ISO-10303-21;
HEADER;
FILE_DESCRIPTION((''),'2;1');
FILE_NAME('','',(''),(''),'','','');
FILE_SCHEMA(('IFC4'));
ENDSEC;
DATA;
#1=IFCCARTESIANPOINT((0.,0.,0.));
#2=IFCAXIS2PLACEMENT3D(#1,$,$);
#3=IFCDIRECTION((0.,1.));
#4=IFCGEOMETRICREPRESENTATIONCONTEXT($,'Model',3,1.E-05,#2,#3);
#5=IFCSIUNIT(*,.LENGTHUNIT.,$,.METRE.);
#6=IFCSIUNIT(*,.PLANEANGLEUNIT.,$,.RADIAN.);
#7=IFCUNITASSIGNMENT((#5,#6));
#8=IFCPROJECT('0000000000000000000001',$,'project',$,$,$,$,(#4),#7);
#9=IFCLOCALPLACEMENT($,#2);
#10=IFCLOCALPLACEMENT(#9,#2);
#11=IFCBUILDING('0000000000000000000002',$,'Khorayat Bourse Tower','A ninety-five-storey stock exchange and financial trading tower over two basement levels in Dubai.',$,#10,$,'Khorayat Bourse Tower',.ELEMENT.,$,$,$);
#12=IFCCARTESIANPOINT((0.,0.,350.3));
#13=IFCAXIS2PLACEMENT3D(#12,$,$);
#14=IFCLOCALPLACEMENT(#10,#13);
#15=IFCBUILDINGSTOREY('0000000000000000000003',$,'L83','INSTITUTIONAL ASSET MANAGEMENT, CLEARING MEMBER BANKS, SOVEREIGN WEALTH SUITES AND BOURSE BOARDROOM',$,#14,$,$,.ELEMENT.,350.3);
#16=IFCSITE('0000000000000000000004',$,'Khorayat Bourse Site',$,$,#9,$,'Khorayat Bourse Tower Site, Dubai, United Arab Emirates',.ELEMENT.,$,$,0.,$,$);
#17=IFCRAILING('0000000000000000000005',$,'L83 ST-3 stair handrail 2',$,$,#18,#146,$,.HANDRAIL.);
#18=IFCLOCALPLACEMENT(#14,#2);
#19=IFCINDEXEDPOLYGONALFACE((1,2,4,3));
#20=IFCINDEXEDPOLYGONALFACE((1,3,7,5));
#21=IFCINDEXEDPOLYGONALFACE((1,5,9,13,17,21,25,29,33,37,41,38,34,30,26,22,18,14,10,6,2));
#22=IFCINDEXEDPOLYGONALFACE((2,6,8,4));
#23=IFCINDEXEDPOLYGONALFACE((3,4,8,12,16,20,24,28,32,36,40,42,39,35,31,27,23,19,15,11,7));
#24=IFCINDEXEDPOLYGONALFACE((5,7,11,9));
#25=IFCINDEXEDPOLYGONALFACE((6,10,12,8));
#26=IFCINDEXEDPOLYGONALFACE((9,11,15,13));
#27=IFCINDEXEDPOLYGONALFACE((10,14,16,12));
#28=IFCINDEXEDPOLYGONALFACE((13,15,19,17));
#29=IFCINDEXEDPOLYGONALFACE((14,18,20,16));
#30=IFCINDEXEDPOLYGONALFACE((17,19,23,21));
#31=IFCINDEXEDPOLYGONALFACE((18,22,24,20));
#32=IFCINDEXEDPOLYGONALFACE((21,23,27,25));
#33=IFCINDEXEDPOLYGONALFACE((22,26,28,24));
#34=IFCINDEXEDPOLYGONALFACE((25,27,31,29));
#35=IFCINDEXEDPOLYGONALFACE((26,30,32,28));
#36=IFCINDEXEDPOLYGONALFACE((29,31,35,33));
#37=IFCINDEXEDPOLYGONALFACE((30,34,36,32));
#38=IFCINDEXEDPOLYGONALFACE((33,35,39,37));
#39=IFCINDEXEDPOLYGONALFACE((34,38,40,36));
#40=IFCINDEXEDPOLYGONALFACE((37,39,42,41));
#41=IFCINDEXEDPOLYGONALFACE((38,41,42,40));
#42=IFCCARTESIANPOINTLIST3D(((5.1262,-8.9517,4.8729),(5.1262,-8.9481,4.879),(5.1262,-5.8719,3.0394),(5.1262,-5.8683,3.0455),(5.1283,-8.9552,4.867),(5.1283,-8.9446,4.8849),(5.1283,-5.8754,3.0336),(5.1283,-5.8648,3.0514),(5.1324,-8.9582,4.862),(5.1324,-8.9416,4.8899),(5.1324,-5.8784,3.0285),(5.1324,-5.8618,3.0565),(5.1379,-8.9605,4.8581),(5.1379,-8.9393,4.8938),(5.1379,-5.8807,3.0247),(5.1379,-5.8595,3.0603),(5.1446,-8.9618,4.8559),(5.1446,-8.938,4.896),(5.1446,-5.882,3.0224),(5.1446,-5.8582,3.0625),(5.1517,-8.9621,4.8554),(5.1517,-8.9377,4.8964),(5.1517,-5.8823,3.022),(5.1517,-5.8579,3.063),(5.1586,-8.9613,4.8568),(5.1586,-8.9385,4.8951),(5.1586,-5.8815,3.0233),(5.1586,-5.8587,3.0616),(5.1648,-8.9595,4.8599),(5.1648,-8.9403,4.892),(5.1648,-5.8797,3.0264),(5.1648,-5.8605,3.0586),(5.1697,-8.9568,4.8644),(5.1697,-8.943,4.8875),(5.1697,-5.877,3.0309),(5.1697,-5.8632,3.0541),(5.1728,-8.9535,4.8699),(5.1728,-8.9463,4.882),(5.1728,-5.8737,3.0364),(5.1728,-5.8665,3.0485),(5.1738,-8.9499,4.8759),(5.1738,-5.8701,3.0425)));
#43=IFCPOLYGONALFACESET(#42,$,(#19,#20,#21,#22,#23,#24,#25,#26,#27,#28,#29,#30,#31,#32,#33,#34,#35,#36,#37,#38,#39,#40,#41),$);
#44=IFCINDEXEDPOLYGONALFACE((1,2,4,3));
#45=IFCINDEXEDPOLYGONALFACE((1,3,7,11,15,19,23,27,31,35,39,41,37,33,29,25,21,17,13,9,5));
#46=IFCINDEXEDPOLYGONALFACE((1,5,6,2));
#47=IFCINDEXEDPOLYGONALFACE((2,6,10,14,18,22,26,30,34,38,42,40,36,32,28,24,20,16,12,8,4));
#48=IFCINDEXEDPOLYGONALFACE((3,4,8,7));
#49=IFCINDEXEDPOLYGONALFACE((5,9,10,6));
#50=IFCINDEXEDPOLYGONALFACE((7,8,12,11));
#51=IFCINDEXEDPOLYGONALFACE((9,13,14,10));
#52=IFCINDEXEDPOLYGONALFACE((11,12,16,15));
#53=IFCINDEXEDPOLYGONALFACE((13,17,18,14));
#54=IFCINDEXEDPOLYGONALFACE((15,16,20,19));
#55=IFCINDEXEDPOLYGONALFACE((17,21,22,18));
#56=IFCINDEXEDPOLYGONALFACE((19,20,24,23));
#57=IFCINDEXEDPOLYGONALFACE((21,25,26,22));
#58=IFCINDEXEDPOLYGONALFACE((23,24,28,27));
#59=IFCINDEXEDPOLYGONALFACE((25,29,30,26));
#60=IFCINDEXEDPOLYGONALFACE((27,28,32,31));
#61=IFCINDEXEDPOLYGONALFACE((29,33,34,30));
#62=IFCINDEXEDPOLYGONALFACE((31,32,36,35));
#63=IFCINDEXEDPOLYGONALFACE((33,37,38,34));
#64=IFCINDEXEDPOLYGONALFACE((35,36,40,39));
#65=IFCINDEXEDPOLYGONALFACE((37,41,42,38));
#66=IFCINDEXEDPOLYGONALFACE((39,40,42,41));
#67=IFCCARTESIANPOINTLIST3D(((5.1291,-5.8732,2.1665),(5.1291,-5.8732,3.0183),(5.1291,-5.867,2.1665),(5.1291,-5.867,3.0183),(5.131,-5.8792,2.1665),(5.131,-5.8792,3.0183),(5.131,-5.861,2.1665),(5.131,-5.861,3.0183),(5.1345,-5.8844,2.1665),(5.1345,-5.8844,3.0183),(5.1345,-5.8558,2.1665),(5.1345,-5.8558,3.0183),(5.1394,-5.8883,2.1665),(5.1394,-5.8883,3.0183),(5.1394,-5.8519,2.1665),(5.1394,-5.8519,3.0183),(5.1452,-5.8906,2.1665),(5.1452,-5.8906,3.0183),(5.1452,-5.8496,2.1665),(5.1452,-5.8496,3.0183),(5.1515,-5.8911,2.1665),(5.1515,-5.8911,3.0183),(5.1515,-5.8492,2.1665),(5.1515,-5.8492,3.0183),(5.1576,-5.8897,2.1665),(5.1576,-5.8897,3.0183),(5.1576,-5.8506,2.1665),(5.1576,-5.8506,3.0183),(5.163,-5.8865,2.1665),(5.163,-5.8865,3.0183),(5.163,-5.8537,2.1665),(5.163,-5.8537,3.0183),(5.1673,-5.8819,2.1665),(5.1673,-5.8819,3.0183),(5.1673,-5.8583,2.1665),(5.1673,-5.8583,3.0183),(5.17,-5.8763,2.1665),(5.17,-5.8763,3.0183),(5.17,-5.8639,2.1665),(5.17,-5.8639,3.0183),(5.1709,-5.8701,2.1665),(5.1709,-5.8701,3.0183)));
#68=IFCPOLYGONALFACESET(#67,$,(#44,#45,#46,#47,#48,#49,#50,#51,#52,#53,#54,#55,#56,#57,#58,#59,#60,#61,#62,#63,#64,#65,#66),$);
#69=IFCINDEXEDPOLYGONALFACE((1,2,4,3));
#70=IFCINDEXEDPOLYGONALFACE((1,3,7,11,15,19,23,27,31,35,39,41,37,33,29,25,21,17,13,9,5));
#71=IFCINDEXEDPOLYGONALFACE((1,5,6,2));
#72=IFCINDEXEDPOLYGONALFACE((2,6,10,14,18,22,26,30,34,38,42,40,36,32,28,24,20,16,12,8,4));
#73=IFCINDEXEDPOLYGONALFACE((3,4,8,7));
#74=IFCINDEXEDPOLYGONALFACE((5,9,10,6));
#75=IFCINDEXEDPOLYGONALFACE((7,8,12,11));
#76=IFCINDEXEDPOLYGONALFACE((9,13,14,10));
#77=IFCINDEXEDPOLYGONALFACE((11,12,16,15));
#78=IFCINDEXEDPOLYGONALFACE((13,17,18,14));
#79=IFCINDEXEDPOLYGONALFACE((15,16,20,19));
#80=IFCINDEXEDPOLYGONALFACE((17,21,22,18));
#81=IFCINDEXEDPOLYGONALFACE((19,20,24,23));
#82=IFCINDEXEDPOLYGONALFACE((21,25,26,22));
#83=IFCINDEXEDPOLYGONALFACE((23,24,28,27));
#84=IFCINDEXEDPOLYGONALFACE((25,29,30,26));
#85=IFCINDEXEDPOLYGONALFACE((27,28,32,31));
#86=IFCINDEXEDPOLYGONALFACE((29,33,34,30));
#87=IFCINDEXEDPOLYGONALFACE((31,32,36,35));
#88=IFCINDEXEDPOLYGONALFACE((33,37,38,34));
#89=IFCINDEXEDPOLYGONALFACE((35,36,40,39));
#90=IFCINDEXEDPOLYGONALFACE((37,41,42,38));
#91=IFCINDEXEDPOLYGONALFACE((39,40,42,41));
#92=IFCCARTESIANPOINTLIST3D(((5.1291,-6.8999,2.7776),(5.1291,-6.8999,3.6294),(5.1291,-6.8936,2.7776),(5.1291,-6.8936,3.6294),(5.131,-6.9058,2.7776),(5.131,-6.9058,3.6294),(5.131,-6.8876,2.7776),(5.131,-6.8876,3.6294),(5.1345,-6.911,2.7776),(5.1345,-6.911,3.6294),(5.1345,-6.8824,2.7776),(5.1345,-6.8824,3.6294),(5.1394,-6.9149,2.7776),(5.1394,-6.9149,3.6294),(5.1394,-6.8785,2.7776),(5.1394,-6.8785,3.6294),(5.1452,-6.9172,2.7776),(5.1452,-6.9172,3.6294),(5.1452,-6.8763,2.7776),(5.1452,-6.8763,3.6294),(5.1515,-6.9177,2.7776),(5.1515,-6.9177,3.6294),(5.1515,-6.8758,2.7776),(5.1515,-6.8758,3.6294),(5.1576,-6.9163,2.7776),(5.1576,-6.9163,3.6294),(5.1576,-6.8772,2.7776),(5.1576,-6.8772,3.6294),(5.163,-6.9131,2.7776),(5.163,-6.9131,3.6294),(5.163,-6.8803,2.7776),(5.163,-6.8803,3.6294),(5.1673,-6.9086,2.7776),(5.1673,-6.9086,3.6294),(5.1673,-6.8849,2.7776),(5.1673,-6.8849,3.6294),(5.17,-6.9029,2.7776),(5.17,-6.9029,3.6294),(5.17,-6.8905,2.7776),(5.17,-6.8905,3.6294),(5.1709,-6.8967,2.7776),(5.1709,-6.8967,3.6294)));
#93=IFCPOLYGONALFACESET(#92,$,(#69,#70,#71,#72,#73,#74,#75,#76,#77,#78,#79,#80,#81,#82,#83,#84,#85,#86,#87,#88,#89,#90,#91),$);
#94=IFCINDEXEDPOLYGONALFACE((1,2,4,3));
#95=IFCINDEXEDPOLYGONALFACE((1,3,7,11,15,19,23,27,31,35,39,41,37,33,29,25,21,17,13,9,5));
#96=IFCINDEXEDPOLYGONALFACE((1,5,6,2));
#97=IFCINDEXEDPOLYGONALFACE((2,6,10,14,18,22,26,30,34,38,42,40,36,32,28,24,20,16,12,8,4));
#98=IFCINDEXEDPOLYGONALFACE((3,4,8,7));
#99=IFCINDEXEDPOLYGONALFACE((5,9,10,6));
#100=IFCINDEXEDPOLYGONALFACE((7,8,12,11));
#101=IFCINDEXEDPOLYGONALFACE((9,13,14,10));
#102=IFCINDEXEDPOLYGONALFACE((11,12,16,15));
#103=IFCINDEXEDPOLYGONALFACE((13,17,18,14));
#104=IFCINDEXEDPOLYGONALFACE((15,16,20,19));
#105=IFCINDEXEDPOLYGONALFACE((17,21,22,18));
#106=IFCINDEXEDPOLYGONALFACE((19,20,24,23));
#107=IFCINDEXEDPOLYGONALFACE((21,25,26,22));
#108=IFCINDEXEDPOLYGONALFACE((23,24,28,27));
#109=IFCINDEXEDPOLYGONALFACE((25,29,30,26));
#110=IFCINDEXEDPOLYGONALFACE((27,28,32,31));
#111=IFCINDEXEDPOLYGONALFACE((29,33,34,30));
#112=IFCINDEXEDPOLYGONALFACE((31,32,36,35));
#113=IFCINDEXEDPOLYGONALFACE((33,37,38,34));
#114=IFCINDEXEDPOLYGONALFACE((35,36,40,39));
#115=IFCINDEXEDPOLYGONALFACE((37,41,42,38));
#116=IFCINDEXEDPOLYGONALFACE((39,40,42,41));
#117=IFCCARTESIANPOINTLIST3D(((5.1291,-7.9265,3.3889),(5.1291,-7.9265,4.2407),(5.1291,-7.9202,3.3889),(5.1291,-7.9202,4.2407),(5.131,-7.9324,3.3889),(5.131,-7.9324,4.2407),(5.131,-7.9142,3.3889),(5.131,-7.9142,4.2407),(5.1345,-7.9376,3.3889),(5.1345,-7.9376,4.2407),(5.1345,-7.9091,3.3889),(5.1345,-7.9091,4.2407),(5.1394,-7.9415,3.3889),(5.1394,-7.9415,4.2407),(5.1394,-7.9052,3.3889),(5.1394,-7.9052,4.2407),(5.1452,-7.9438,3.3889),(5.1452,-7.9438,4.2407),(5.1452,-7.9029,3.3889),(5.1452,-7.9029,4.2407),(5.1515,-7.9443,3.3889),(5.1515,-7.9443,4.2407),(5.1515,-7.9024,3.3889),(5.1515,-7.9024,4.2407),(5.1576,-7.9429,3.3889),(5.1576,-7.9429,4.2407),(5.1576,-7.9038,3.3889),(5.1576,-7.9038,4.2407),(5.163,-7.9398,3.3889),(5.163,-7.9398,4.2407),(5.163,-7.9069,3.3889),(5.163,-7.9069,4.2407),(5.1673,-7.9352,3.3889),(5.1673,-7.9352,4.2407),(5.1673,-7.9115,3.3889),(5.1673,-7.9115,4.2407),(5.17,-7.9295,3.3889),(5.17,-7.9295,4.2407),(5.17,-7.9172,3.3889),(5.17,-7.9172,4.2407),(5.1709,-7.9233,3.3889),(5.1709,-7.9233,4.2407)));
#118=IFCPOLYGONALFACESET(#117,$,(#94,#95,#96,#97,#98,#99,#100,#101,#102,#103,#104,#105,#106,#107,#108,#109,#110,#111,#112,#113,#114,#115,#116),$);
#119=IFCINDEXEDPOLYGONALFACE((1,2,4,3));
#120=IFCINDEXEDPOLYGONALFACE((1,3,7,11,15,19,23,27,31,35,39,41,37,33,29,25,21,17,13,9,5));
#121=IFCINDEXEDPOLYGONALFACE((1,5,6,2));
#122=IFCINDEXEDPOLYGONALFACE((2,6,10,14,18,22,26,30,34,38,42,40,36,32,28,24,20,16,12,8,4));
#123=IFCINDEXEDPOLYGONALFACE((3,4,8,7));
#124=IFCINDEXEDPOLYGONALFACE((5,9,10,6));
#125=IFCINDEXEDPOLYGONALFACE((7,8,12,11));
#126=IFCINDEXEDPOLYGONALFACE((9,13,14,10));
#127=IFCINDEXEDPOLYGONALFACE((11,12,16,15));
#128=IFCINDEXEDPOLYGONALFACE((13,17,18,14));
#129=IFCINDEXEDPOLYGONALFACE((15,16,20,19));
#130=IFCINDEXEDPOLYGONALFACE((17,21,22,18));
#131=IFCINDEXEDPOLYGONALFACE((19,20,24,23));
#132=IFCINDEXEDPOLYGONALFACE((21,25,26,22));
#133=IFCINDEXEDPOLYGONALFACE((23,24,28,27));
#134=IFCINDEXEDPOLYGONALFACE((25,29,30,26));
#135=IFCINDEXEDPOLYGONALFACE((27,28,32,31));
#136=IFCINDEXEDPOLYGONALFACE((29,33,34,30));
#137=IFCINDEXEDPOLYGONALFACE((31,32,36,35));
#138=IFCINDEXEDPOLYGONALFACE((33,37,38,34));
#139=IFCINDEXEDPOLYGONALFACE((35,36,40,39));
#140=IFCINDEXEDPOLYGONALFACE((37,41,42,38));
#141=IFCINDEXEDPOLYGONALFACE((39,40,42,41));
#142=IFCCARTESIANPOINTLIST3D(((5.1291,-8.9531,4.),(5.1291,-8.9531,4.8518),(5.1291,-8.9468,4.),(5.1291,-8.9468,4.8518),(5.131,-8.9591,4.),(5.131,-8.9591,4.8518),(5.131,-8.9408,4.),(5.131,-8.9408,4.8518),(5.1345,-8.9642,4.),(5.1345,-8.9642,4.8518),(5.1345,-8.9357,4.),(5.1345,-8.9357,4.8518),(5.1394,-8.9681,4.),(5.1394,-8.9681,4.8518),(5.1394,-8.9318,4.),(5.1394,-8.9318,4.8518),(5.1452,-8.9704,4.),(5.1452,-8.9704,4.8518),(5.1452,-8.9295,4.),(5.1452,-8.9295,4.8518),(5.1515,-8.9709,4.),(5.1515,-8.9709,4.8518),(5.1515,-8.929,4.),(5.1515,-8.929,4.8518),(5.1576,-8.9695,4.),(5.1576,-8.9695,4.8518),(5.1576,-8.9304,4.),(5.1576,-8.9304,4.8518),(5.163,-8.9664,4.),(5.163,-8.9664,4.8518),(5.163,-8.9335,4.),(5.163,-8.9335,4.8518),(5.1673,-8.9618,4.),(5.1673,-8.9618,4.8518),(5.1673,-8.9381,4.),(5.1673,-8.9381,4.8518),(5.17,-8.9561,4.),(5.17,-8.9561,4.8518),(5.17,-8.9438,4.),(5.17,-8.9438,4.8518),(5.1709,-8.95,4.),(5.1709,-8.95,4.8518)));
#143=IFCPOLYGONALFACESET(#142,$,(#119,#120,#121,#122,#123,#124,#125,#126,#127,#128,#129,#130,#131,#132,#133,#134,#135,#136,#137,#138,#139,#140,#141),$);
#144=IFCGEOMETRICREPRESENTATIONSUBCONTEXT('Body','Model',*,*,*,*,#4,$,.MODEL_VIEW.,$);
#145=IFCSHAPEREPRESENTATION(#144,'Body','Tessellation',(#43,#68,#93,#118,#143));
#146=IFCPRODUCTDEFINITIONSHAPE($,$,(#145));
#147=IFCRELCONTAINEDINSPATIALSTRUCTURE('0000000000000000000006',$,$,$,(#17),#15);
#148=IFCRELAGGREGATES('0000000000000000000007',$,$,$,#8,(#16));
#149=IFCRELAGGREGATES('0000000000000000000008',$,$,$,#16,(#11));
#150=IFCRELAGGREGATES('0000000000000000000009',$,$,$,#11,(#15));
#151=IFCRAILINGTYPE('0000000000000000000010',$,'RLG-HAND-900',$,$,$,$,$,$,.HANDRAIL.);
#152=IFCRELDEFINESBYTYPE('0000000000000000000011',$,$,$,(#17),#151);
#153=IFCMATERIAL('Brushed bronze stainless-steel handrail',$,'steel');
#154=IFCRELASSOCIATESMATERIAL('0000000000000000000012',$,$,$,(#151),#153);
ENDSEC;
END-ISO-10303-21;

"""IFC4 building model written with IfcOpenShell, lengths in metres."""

from ifc_helpers import new_model, si_unit, direction, frame, origin, origin_2d, place, context, subcontext, project, spatial, circle, extrude, source, transform, mapped, material, type_object, element, save


model = new_model("IFC4")

# Units and contexts
model_context = context("Model", 3, precision=1e-05, world=origin(), true_north=direction((0.0, 1.0)))
body_context = subcontext(model_context, "Body", "Model", "MODEL_VIEW")
ifc_project = project(units=[si_unit("LENGTHUNIT", "METRE"), si_unit("PLANEANGLEUNIT", "RADIAN")], contexts=[model_context])

# Site, building, storey
site_placement = place(None, origin())
site = spatial("IfcSite", under=ifc_project, at=site_placement, Name="Khorayat Bourse Site", LongName="Khorayat Bourse Tower Site, Dubai, United Arab Emirates", CompositionType="ELEMENT", RefElevation=0.0)
building_placement = place(site_placement, origin())
building = spatial("IfcBuilding", under=site, at=building_placement, Name="Khorayat Bourse Tower", Description="A ninety-five-storey stock exchange and financial trading tower over two basement levels in Dubai.", LongName="Khorayat Bourse Tower", CompositionType="ELEMENT")
storey_placement = place(building_placement, frame((0.0, 0.0, 350.3)))
storey = spatial("IfcBuildingStorey", under=building, at=storey_placement, Name="L83", Description="INSTITUTIONAL ASSET MANAGEMENT, CLEARING MEMBER BANKS, SOVEREIGN WEALTH SUITES AND BOURSE BOARDROOM", CompositionType="ELEMENT", Elevation=350.3)

# Railing
ifc_material_1 = material(Name="Brushed bronze stainless-steel handrail", Category="steel")
railing_type_1 = type_object("IfcRailingType", Name="RLG-HAND-900", PredefinedType="HANDRAIL", material=ifc_material_1)
shared_shape_1 = source(origin(), body_context, "Body", "SweptSolid", [
    extrude(circle(Radius=0.0239, at=origin_2d()), frame((0.0, 0.0, 0.876), z_axis=(0.0, -0.859261, 0.511538), x_axis=(1.0, 0.0, 0.0)), (0.0, 0.0, 1.0), 3.5842),
    extrude(circle(Radius=0.021, at=origin_2d()), origin(), (0.0, 0.0, 1.0), 0.8518),
    extrude(circle(Radius=0.021, at=origin_2d()), frame((0.0, -1.0266, 0.6111)), (0.0, 0.0, 1.0), 0.8518),
    extrude(circle(Radius=0.021, at=origin_2d()), frame((0.0, -2.0532, 1.2224)), (0.0, 0.0, 1.0), 0.8518),
    extrude(circle(Radius=0.021, at=origin_2d()), frame((0.0, -3.0798, 1.8335)), (0.0, 0.0, 1.0), 0.8518),
])
railing_1_placement = place(storey_placement, frame((5.1499, -5.8701, 2.1665)))
element("IfcRailing", 1, at=railing_1_placement, inside=storey, type_object=railing_type_1, Name="L83 ST-3 stair handrail 2", PredefinedType="HANDRAIL", context=body_context, shape_type="MappedRepresentation", body=[
    mapped(shared_shape_1, transform((0.0, 0.0, 0.0), scale=1.0)),
])

save(model, "model.ifc")
